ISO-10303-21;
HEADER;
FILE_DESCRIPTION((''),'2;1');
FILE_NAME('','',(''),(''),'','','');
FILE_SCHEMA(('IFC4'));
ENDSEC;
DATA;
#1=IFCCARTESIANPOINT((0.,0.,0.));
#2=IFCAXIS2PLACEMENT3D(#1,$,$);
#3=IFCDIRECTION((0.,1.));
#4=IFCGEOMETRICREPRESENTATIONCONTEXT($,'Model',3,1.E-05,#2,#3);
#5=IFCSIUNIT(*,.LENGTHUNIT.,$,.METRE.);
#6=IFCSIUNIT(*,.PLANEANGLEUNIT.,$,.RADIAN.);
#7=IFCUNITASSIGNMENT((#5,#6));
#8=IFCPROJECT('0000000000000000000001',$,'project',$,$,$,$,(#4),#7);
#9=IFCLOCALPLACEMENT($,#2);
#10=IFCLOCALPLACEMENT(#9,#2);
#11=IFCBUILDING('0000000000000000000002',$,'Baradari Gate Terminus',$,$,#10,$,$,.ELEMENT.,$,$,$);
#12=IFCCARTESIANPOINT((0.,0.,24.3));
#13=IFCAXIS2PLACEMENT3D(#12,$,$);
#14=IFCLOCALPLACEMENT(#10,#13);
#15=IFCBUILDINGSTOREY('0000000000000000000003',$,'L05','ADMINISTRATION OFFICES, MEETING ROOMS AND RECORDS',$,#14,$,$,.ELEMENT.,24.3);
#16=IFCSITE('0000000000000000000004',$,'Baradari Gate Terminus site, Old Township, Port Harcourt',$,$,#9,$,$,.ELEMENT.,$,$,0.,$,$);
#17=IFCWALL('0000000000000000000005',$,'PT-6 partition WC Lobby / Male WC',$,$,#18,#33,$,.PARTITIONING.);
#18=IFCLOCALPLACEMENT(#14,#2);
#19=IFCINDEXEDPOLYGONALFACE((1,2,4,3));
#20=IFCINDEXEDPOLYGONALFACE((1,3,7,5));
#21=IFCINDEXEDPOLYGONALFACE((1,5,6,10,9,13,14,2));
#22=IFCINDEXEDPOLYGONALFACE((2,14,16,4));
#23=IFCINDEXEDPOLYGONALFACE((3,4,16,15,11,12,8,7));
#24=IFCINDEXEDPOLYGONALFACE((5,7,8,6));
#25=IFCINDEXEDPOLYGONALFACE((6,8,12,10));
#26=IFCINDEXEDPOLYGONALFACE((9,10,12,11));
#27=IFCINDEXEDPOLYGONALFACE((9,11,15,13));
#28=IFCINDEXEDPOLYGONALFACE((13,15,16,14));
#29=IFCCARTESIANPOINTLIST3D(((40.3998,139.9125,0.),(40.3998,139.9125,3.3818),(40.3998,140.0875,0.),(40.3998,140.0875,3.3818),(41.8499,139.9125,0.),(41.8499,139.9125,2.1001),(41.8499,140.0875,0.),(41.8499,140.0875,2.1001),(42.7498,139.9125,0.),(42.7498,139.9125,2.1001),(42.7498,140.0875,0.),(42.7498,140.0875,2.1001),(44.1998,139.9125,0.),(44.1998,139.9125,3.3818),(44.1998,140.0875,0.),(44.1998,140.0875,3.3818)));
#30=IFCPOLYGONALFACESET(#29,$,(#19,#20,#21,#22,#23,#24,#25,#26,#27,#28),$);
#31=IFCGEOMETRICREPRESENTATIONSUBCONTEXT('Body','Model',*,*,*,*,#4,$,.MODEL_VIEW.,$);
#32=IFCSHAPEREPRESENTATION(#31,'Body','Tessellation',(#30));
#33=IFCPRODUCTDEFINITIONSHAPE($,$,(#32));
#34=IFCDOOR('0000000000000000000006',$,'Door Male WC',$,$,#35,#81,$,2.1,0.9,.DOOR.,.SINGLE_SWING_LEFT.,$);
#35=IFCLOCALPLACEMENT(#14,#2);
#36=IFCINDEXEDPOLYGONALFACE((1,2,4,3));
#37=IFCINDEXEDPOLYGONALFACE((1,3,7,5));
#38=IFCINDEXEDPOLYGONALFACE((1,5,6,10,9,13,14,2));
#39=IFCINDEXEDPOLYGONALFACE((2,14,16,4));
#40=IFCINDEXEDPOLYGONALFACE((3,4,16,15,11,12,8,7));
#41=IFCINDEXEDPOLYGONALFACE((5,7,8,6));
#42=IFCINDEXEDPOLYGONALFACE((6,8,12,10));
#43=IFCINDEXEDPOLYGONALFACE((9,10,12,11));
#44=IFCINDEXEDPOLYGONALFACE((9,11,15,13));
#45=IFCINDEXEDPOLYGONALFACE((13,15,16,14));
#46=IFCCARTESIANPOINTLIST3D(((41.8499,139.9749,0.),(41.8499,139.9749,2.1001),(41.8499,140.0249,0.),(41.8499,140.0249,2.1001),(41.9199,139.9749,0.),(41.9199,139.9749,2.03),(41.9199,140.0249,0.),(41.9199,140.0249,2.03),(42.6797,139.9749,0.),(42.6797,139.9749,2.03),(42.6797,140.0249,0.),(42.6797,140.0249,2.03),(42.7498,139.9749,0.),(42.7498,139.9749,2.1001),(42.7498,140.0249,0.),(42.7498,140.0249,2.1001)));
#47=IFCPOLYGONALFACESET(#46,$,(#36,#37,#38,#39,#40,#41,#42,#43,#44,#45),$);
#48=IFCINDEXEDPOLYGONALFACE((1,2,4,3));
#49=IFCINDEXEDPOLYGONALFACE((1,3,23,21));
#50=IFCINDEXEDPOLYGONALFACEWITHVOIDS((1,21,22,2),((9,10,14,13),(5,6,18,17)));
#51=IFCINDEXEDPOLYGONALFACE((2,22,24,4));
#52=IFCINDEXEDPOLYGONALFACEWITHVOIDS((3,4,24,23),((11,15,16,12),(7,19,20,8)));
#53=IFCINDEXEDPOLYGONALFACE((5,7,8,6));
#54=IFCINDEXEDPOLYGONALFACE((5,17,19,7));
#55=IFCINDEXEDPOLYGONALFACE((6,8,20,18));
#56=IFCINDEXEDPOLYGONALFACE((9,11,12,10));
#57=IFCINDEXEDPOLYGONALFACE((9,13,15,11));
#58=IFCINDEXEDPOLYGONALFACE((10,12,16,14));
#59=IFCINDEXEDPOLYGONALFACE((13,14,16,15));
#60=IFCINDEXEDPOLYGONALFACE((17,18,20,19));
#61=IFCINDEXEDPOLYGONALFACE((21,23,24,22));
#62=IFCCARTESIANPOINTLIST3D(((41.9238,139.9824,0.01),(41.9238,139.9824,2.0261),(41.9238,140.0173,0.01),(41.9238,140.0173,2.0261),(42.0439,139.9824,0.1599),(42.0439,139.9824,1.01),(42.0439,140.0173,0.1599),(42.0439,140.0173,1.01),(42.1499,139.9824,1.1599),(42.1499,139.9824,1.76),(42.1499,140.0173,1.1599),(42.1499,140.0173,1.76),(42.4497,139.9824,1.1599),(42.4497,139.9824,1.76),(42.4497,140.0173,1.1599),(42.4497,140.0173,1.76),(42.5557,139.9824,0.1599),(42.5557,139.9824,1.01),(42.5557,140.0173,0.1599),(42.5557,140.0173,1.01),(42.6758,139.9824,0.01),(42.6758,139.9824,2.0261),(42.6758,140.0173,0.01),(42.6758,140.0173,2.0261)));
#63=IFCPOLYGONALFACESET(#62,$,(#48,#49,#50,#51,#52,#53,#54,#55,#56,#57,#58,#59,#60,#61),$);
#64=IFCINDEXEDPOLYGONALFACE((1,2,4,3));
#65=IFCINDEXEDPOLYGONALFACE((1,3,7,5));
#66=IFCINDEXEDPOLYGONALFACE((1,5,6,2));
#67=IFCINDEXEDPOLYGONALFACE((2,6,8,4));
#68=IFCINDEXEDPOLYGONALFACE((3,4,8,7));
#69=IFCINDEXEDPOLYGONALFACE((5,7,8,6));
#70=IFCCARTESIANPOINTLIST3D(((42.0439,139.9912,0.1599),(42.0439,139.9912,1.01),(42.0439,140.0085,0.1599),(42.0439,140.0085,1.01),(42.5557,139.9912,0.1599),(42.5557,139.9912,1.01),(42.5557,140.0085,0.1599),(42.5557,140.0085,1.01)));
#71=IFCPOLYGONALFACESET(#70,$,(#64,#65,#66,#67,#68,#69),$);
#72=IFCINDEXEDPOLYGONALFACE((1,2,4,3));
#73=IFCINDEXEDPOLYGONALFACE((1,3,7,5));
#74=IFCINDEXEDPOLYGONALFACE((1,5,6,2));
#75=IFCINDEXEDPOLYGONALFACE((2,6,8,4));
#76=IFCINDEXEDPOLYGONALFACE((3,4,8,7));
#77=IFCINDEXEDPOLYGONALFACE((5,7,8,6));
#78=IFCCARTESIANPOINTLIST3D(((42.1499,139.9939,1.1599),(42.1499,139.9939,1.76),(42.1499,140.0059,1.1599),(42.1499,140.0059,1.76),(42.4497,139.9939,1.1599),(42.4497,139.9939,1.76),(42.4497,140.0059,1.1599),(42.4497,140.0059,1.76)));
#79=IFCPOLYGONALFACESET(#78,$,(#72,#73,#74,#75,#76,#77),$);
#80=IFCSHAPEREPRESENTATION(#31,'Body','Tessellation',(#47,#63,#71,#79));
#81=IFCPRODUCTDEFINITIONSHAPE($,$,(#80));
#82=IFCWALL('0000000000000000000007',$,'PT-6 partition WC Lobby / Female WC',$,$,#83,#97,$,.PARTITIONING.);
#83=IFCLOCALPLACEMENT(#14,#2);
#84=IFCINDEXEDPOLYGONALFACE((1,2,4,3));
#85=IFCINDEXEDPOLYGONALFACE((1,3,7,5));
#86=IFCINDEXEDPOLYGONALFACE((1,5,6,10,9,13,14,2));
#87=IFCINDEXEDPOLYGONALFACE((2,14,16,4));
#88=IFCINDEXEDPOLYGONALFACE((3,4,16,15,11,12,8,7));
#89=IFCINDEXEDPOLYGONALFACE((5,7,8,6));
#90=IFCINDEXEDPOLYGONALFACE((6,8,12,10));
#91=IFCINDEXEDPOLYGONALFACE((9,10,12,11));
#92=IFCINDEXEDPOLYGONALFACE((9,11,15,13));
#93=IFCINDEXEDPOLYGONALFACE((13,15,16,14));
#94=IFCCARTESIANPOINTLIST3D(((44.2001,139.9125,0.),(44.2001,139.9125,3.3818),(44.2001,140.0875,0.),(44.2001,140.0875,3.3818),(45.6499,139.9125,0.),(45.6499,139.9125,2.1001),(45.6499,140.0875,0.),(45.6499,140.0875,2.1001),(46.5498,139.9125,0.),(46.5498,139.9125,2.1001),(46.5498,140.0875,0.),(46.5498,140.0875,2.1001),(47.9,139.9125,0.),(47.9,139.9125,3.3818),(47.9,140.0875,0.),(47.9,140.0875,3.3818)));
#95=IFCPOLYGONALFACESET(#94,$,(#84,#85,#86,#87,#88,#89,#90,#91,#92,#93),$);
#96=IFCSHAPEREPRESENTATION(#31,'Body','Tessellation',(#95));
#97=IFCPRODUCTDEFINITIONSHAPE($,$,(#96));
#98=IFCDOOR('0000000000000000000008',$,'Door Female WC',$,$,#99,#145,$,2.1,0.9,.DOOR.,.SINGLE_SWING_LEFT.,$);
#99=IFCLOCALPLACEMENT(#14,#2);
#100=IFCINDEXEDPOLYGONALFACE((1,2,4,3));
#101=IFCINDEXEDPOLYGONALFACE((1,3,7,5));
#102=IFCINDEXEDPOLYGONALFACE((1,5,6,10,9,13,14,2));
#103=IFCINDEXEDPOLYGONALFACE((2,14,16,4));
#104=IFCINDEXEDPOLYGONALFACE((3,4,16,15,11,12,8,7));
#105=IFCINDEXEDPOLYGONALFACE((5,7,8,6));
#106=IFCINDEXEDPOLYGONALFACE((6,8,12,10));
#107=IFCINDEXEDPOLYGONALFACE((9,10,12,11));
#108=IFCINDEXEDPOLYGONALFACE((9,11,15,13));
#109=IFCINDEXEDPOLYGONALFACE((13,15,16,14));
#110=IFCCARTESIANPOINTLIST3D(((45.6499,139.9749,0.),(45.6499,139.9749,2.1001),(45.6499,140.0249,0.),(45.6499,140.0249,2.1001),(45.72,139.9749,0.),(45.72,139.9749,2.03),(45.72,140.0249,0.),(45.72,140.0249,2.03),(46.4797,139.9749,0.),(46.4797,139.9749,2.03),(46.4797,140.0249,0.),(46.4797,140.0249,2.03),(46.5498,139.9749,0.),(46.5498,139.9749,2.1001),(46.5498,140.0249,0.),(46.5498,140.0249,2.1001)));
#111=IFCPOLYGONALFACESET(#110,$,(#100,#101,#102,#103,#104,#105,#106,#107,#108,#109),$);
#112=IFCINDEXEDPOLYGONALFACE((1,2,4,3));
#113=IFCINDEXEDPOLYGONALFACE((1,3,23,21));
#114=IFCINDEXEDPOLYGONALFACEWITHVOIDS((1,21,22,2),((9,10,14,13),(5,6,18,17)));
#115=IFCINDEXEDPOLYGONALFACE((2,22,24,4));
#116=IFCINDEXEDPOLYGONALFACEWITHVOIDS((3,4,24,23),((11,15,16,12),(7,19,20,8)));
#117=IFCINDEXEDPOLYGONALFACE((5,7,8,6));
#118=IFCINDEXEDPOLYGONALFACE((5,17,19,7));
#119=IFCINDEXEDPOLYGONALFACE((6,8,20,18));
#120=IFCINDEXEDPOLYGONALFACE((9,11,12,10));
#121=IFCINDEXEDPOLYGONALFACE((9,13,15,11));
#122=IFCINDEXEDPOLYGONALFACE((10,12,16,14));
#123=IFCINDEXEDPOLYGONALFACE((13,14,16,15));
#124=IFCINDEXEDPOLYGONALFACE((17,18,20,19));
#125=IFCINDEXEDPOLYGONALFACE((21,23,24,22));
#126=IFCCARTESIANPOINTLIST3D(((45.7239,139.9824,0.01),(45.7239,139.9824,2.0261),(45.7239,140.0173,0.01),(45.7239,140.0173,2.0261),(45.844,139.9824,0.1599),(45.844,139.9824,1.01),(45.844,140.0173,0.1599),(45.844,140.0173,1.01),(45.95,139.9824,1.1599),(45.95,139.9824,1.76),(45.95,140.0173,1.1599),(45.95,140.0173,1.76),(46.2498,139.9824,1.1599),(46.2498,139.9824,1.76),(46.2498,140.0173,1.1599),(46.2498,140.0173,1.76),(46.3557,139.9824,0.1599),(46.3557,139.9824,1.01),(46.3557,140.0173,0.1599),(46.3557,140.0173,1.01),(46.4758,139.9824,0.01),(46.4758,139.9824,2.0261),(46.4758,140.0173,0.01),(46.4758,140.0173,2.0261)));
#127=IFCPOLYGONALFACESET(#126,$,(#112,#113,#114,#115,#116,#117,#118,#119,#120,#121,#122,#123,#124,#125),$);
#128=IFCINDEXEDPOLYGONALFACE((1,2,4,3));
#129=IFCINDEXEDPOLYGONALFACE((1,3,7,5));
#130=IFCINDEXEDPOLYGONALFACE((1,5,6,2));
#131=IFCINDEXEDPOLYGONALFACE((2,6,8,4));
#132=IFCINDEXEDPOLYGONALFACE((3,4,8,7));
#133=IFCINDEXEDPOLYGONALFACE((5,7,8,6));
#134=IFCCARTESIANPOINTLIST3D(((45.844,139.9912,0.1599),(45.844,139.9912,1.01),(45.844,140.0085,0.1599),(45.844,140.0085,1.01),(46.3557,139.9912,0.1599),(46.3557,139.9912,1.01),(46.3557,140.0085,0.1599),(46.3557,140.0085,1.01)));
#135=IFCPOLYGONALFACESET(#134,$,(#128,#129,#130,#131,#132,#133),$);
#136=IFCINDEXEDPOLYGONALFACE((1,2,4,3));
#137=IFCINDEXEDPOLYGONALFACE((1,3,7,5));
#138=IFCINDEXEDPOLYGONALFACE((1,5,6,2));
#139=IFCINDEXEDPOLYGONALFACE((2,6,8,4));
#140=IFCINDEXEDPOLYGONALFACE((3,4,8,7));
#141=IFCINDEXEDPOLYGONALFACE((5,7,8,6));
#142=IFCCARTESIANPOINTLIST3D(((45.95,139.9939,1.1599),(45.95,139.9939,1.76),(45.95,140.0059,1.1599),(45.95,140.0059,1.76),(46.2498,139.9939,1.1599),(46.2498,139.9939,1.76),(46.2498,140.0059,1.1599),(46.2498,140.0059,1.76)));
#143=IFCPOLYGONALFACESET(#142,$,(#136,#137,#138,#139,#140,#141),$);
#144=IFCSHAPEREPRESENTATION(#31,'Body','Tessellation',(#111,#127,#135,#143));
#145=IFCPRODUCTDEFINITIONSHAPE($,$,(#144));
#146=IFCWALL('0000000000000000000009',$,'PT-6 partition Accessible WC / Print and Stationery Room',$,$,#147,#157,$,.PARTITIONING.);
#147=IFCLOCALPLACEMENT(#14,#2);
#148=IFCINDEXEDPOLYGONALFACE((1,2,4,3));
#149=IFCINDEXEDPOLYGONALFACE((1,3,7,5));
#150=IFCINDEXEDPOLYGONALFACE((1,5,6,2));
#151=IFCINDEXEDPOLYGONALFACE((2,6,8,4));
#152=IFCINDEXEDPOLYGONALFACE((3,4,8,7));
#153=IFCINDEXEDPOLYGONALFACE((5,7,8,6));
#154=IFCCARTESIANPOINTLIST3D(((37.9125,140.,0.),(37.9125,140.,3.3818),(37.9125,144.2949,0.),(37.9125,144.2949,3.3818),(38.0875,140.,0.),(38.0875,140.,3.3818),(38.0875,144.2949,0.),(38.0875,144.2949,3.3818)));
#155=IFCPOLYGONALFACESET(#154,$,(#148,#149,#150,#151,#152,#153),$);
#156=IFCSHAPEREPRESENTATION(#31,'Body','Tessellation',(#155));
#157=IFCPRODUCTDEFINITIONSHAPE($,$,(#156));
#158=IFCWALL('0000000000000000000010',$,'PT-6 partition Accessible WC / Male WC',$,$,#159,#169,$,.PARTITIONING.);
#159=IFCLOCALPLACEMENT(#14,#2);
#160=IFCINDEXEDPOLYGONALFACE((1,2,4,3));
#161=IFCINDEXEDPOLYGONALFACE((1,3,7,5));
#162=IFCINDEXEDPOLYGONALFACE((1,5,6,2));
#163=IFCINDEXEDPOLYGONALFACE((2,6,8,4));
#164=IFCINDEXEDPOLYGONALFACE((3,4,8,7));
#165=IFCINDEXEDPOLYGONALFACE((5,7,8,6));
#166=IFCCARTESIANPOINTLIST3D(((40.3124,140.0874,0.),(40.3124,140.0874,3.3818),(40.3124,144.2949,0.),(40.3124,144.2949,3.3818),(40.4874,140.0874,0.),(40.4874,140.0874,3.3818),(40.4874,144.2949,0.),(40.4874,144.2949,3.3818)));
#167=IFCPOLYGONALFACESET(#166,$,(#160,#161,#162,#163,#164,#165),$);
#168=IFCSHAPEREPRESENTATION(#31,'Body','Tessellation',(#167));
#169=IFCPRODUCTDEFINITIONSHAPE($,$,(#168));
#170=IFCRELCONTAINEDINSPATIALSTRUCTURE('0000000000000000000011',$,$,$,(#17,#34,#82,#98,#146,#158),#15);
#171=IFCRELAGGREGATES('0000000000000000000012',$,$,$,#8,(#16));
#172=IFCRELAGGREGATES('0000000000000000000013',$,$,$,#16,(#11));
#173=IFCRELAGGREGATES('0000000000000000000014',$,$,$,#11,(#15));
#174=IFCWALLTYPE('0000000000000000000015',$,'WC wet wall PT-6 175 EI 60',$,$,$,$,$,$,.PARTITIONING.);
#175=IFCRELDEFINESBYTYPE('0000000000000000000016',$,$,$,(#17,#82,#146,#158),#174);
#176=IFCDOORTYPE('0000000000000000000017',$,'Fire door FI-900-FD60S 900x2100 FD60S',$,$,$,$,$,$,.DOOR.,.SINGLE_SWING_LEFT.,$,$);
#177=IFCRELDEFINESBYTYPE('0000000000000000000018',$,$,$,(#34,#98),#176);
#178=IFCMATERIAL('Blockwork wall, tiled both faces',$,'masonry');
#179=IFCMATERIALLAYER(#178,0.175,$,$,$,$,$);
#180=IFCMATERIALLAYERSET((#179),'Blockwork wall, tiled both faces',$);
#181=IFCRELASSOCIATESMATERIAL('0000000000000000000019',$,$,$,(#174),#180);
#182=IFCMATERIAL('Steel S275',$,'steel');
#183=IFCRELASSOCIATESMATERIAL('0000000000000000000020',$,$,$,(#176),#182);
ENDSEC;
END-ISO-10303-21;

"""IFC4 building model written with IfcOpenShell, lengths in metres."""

from ifc_helpers import new_model, si_unit, direction, frame, frame_2d, origin, place, context, subcontext, project, spatial, polyline, rectangle, outline, extrude, material, layer, layer_set, type_object, element, fill, save


model = new_model("IFC4")

# Units and contexts
model_context = context("Model", 3, precision=1e-05, world=origin(), true_north=direction((0.0, 1.0)))
body_context = subcontext(model_context, "Body", "Model", "MODEL_VIEW")
ifc_project = project(units=[si_unit("LENGTHUNIT", "METRE"), si_unit("PLANEANGLEUNIT", "RADIAN")], contexts=[model_context])

# Site, building, storey
site_placement = place(None, origin())
site = spatial("IfcSite", under=ifc_project, at=site_placement, Name="Baradari Gate Terminus site, Old Township, Port Harcourt", CompositionType="ELEMENT", RefElevation=0.0)
building_placement = place(site_placement, origin())
building = spatial("IfcBuilding", under=site, at=building_placement, Name="Baradari Gate Terminus", CompositionType="ELEMENT")
storey_placement = place(building_placement, frame((0.0, 0.0, 24.3)))
storey = spatial("IfcBuildingStorey", under=building, at=storey_placement, Name="L05", Description="ADMINISTRATION OFFICES, MEETING ROOMS AND RECORDS", CompositionType="ELEMENT", Elevation=24.3)

# Walls, openings, doors
ifc_material_1 = material(Name="Blockwork wall, tiled both faces", Category="masonry")
ifc_layer = layer(ifc_material_1, 0.175)
ifc_layer_set = layer_set([ifc_layer], Name="Blockwork wall, tiled both faces")
wall_type = type_object("IfcWallType", Name="WC wet wall PT-6 175 EI 60", PredefinedType="PARTITIONING", material=ifc_layer_set)
wall_1_placement = place(storey_placement, frame((40.3999, 140.0, 0.0), z_axis=(0.0, 0.0, 1.0), x_axis=(1.0, 0.0, 0.0)))
wall_1 = element("IfcWall", 1, at=wall_1_placement, inside=storey, type_object=wall_type, Name="PT-6 partition WC Lobby / Male WC", PredefinedType="PARTITIONING", context=body_context, shape_type="SweptSolid", body=[
    extrude(rectangle(XDim=3.8, YDim=0.175, at=frame_2d((1.8999, 0.0))), origin(), (0.0, 0.0, 1.0), 3.3818),
])
opening_1_placement = place(wall_1_placement, frame((1.45, 0.0, 0.0)))
opening_1 = element("IfcOpeningElement", 2, at=opening_1_placement, cuts=wall_1, PredefinedType="OPENING", context=body_context, shape_type="SweptSolid", body=[
    extrude(rectangle(XDim=0.8999, YDim=2.1001, at=frame_2d((0.45, 1.05))), frame((0.0, 0.0974, 0.0), z_axis=(0.0, -1.0, 0.0), x_axis=(1.0, 0.0, 0.0)), (0.0, 0.0, 1.0), 0.1951),
])
ifc_material_2 = material(Name="Steel S275", Category="steel")
door_type_1 = type_object("IfcDoorType", Name="Fire door FI-900-FD60S 900x2100 FD60S", OperationType="SINGLE_SWING_LEFT", PredefinedType="DOOR", material=ifc_material_2)
door_1_placement = place(opening_1_placement, origin())
door_1 = element("IfcDoor", 3, at=door_1_placement, inside=storey, type_object=door_type_1, Name="Door Male WC", OperationType="SINGLE_SWING_LEFT", OverallHeight=2.1, OverallWidth=0.9, PredefinedType="DOOR", context=body_context, shape_type="SweptSolid", body=[
    extrude(outline(polyline([(0.0, 0.0), (0.0701, 0.0), (0.0701, 2.03), (0.8298, 2.03), (0.8298, 0.0), (0.8999, 0.0), (0.8999, 2.1001), (0.0, 2.1001), (0.0, 0.0)])), frame((0.0, 0.0249, 0.0), z_axis=(0.0, -1.0, 0.0), x_axis=(1.0, 0.0, 0.0)), (0.0, 0.0, 1.0), 0.05),
    extrude(outline(polyline([(0.074, 0.01), (0.8259, 0.01), (0.8259, 2.0261), (0.074, 2.0261), (0.074, 0.01)]), holes=[polyline([(0.1941, 0.1599), (0.7058, 0.1599), (0.7058, 1.01), (0.1941, 1.01), (0.1941, 0.1599)]), polyline([(0.3, 1.1599), (0.5999, 1.1599), (0.5999, 1.76), (0.3, 1.76), (0.3, 1.1599)])]), frame((0.0, 0.0173, 0.0), z_axis=(0.0, -1.0, 0.0), x_axis=(1.0, 0.0, 0.0)), (0.0, 0.0, 1.0), 0.0349),
    extrude(rectangle(XDim=0.5117, YDim=0.8501, at=frame_2d((0.45, 0.585))), frame((0.0, 0.0085, 0.0), z_axis=(0.0, -1.0, 0.0), x_axis=(1.0, 0.0, 0.0)), (0.0, 0.0, 1.0), 0.0173),
    extrude(rectangle(XDim=0.2998, YDim=0.6001, at=frame_2d((0.45, 1.46))), frame((0.0, 0.0059, 0.0), z_axis=(0.0, -1.0, 0.0), x_axis=(1.0, 0.0, 0.0)), (0.0, 0.0, 1.0), 0.012),
])
fill(opening_1, door_1)
wall_2_placement = place(storey_placement, frame((44.2, 140.0, 0.0), z_axis=(0.0, 0.0, 1.0), x_axis=(1.0, 0.0, 0.0)))
wall_2 = element("IfcWall", 4, at=wall_2_placement, inside=storey, type_object=wall_type, Name="PT-6 partition WC Lobby / Female WC", PredefinedType="PARTITIONING", context=body_context, shape_type="SweptSolid", body=[
    extrude(rectangle(XDim=3.7, YDim=0.175, at=frame_2d((1.8501, 0.0))), origin(), (0.0, 0.0, 1.0), 3.3818),
])
opening_2_placement = place(wall_2_placement, frame((1.45, 0.0, 0.0)))
opening_2 = element("IfcOpeningElement", 5, at=opening_2_placement, cuts=wall_2, PredefinedType="OPENING", context=body_context, shape_type="SweptSolid", body=[
    extrude(rectangle(XDim=0.8999, YDim=2.1001, at=frame_2d((0.45, 1.05))), frame((0.0, 0.0974, 0.0), z_axis=(0.0, -1.0, 0.0), x_axis=(1.0, 0.0, 0.0)), (0.0, 0.0, 1.0), 0.1951),
])
door_2_placement = place(opening_2_placement, origin())
door_2 = element("IfcDoor", 6, at=door_2_placement, inside=storey, type_object=door_type_1, Name="Door Female WC", OperationType="SINGLE_SWING_LEFT", OverallHeight=2.1, OverallWidth=0.9, PredefinedType="DOOR", context=body_context, shape_type="SweptSolid", body=[
    extrude(outline(polyline([(0.0, 0.0), (0.0701, 0.0), (0.0701, 2.03), (0.8298, 2.03), (0.8298, 0.0), (0.8999, 0.0), (0.8999, 2.1001), (0.0, 2.1001), (0.0, 0.0)])), frame((0.0, 0.0249, 0.0), z_axis=(0.0, -1.0, 0.0), x_axis=(1.0, 0.0, 0.0)), (0.0, 0.0, 1.0), 0.05),
    extrude(outline(polyline([(0.074, 0.01), (0.8259, 0.01), (0.8259, 2.0261), (0.074, 2.0261), (0.074, 0.01)]), holes=[polyline([(0.1941, 0.1599), (0.7058, 0.1599), (0.7058, 1.01), (0.1941, 1.01), (0.1941, 0.1599)]), polyline([(0.3, 1.1599), (0.5999, 1.1599), (0.5999, 1.76), (0.3, 1.76), (0.3, 1.1599)])]), frame((0.0, 0.0173, 0.0), z_axis=(0.0, -1.0, 0.0), x_axis=(1.0, 0.0, 0.0)), (0.0, 0.0, 1.0), 0.0349),
    extrude(rectangle(XDim=0.5117, YDim=0.8501, at=frame_2d((0.45, 0.585))), frame((0.0, 0.0085, 0.0), z_axis=(0.0, -1.0, 0.0), x_axis=(1.0, 0.0, 0.0)), (0.0, 0.0, 1.0), 0.0173),
    extrude(rectangle(XDim=0.2998, YDim=0.6001, at=frame_2d((0.45, 1.46))), frame((0.0, 0.0059, 0.0), z_axis=(0.0, -1.0, 0.0), x_axis=(1.0, 0.0, 0.0)), (0.0, 0.0, 1.0), 0.012),
])
fill(opening_2, door_2)

# Walls
wall_3_placement = place(storey_placement, frame((38.0, 140.0, 0.0), z_axis=(0.0, 0.0, 1.0), x_axis=(0.0, 1.0, 0.0)))
element("IfcWall", 7, at=wall_3_placement, inside=storey, type_object=wall_type, Name="PT-6 partition Accessible WC / Print and Stationery Room", PredefinedType="PARTITIONING", context=body_context, shape_type="SweptSolid", body=[
    extrude(rectangle(XDim=4.2949, YDim=0.175, at=frame_2d((2.1475, 0.0))), origin(), (0.0, 0.0, 1.0), 3.3818),
])
wall_4_placement = place(storey_placement, frame((40.3999, 144.2949, 0.0), z_axis=(0.0, 0.0, 1.0), x_axis=(0.0, -1.0, 0.0)))
element("IfcWall", 8, at=wall_4_placement, inside=storey, type_object=wall_type, Name="PT-6 partition Accessible WC / Male WC", PredefinedType="PARTITIONING", context=body_context, shape_type="SweptSolid", body=[
    extrude(rectangle(XDim=4.2075, YDim=0.175, at=frame_2d((2.1038, 0.0))), origin(), (0.0, 0.0, 1.0), 3.3818),
])

save(model, "model.ifc")
